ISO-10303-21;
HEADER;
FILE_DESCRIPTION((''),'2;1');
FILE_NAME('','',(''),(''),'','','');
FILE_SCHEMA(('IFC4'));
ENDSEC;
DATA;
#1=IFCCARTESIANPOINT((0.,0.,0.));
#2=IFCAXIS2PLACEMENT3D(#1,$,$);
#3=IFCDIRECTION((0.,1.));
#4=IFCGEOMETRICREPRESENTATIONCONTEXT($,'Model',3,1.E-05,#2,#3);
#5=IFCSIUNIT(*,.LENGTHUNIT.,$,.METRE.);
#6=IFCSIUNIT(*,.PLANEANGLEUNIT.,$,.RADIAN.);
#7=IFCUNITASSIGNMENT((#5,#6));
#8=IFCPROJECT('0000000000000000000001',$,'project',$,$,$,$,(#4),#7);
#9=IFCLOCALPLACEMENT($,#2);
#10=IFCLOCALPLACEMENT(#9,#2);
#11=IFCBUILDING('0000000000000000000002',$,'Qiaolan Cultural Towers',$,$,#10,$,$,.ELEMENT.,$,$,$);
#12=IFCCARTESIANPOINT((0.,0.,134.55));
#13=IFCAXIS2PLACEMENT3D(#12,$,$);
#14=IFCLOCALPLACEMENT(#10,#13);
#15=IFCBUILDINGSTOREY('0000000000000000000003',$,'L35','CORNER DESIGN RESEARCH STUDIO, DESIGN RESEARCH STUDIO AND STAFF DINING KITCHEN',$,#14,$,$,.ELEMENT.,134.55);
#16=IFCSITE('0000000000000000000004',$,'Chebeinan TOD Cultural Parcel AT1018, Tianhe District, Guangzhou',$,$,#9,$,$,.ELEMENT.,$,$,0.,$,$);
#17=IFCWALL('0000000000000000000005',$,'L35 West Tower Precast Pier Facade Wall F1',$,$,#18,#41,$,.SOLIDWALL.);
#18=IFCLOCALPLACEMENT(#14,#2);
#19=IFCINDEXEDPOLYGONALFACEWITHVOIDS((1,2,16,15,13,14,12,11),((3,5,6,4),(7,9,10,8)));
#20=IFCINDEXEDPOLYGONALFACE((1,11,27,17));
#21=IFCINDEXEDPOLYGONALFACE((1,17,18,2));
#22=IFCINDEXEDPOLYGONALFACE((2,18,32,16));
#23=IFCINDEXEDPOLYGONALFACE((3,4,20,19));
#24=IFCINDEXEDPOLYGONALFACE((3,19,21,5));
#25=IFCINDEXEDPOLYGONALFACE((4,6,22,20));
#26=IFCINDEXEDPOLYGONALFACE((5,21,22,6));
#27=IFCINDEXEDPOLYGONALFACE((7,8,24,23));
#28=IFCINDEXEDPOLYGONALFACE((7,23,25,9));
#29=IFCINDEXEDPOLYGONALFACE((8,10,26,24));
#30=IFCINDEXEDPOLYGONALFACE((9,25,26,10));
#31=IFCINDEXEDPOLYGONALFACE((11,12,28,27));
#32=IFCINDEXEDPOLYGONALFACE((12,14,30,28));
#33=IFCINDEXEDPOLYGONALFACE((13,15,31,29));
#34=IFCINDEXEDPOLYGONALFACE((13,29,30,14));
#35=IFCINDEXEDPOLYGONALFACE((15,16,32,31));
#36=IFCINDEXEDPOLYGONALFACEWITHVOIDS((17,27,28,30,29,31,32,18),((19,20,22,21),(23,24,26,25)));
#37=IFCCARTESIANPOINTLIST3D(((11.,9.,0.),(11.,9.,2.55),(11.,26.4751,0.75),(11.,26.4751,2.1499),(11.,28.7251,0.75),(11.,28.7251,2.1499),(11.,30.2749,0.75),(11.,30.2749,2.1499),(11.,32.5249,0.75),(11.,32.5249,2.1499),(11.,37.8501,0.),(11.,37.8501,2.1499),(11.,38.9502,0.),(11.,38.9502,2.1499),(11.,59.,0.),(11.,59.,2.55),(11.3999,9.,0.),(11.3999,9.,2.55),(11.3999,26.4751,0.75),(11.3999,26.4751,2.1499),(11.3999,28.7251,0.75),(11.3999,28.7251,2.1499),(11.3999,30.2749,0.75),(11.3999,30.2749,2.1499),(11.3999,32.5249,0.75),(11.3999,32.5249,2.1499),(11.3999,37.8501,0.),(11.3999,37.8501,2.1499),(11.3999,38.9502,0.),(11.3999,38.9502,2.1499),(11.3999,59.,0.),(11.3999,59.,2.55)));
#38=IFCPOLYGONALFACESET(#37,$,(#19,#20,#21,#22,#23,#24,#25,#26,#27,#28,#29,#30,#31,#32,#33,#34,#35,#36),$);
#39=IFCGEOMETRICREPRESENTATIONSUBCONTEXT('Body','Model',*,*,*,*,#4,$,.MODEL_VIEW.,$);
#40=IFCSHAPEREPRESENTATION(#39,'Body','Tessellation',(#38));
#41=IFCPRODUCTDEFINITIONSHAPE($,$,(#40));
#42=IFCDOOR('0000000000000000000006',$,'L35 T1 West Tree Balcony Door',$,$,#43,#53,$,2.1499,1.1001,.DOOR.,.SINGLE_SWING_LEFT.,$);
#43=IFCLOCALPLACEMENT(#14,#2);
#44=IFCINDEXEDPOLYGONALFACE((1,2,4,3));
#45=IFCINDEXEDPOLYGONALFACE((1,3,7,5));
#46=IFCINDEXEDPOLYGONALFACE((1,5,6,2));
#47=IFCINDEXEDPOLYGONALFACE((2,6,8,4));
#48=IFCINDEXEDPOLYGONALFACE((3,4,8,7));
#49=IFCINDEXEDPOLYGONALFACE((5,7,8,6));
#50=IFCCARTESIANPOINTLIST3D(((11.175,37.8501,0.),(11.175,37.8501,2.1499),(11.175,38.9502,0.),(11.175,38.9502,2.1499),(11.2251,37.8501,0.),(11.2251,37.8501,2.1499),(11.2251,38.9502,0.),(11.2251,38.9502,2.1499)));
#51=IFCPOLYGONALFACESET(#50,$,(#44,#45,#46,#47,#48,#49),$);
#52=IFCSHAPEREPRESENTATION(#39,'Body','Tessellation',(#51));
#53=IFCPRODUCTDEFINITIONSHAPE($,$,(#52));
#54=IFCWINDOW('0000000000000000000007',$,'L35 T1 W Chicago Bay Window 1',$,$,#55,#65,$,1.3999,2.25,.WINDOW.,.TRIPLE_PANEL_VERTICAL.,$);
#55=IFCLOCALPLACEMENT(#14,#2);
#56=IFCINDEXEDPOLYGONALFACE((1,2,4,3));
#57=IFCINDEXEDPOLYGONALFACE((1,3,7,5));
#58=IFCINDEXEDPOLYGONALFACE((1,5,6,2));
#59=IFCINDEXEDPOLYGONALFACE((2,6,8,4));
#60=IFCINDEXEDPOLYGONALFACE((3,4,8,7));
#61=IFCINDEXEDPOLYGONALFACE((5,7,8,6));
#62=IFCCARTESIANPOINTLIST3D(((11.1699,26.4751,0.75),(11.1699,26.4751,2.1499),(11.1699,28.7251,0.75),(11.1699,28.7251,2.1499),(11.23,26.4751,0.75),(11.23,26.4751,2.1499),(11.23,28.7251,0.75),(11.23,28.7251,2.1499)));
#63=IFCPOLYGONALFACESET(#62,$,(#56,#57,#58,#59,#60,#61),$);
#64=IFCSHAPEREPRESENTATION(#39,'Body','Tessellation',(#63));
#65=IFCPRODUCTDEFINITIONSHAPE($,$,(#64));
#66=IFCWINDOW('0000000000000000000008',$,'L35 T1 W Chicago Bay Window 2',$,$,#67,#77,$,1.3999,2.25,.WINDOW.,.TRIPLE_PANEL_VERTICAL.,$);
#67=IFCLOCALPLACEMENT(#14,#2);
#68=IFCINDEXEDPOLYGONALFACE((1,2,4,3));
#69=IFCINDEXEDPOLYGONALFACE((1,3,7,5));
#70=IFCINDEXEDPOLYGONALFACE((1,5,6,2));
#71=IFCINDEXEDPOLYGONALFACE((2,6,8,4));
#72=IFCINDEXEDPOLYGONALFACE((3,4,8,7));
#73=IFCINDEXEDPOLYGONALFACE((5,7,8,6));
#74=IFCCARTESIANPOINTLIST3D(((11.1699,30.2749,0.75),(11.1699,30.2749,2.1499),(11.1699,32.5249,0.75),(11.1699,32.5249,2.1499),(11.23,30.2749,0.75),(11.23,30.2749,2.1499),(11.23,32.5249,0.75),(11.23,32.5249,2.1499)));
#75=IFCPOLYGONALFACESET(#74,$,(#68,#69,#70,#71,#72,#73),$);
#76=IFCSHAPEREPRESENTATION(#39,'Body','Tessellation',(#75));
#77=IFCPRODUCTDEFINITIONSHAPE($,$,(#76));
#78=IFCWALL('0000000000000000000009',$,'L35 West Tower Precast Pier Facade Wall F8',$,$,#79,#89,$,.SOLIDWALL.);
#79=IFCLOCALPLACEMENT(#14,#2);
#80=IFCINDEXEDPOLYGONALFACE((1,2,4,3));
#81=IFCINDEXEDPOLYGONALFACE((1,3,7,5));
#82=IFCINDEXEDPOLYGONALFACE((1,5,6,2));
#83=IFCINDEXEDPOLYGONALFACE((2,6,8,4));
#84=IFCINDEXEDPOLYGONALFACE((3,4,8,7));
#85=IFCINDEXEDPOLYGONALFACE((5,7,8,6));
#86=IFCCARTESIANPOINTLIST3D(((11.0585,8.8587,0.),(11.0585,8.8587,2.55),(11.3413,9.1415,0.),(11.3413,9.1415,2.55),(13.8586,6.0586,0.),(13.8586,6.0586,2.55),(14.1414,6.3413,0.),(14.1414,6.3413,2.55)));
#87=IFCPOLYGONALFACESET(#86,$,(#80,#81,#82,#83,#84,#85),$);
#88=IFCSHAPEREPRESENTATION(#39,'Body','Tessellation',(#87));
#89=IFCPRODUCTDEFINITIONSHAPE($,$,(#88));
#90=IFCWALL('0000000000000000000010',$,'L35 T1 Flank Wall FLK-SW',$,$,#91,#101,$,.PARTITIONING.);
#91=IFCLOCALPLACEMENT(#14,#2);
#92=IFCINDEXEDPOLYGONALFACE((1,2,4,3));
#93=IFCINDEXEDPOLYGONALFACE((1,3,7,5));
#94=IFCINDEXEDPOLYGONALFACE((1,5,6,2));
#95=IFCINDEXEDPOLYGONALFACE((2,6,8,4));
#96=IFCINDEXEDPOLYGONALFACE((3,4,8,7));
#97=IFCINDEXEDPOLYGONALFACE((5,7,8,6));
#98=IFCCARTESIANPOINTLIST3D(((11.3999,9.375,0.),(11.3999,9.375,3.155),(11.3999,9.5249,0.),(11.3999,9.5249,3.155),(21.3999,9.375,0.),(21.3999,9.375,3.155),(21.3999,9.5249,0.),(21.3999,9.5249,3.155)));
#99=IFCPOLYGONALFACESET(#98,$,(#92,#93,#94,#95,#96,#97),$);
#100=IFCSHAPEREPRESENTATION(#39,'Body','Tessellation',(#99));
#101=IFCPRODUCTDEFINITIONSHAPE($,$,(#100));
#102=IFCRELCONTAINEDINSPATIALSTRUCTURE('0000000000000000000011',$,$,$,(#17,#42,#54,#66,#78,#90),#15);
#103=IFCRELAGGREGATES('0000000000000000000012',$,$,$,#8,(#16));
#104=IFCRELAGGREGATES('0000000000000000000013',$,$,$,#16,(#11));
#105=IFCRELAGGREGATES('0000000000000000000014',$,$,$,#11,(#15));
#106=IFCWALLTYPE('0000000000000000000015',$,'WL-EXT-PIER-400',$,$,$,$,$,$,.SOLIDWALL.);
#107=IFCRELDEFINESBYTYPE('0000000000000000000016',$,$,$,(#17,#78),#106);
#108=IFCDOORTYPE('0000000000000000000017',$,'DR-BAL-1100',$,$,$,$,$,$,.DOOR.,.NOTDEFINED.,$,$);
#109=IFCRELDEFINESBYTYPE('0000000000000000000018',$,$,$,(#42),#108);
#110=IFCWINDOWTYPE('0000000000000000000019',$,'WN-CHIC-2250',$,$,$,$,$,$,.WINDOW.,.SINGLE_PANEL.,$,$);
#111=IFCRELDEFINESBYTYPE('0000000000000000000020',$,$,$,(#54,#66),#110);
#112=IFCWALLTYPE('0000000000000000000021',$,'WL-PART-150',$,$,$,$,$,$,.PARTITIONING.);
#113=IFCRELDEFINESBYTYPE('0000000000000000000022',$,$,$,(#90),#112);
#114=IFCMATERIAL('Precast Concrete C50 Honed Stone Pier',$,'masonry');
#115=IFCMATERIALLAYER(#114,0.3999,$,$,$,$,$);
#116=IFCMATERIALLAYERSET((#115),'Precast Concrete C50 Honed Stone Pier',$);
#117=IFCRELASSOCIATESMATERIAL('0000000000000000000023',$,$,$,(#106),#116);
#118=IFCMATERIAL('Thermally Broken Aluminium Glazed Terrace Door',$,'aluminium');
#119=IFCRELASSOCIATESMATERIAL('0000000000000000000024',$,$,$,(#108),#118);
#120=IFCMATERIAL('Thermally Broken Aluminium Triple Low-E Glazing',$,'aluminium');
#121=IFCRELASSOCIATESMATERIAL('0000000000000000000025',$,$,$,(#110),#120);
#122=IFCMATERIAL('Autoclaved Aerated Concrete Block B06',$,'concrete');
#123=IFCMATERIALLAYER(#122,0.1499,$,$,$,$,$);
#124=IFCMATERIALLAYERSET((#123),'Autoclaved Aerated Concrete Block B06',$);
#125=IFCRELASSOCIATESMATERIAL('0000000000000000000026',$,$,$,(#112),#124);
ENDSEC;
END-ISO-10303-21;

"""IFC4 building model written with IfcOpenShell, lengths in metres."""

from ifc_helpers import new_model, si_unit, direction, frame, frame_2d, origin, place, context, subcontext, project, spatial, rectangle, extrude, material, layer, layer_set, type_object, element, fill, save


model = new_model("IFC4")

# Units and contexts
model_context = context("Model", 3, precision=1e-05, world=origin(), true_north=direction((0.0, 1.0)))
body_context = subcontext(model_context, "Body", "Model", "MODEL_VIEW")
ifc_project = project(units=[si_unit("LENGTHUNIT", "METRE"), si_unit("PLANEANGLEUNIT", "RADIAN")], contexts=[model_context])

# Site, building, storey
site_placement = place(None, origin())
site = spatial("IfcSite", under=ifc_project, at=site_placement, Name="Chebeinan TOD Cultural Parcel AT1018, Tianhe District, Guangzhou", CompositionType="ELEMENT", RefElevation=0.0)
building_placement = place(site_placement, origin())
building = spatial("IfcBuilding", under=site, at=building_placement, Name="Qiaolan Cultural Towers", CompositionType="ELEMENT")
storey_placement = place(building_placement, frame((0.0, 0.0, 134.55)))
storey = spatial("IfcBuildingStorey", under=building, at=storey_placement, Name="L35", Description="CORNER DESIGN RESEARCH STUDIO, DESIGN RESEARCH STUDIO AND STAFF DINING KITCHEN", CompositionType="ELEMENT", Elevation=134.55)

# Wall, openings, door, windows
ifc_material_1 = material(Name="Precast Concrete C50 Honed Stone Pier", Category="masonry")
ifc_layer_1 = layer(ifc_material_1, 0.3999)
ifc_layer_set_1 = layer_set([ifc_layer_1], Name="Precast Concrete C50 Honed Stone Pier")
wall_type_1 = type_object("IfcWallType", Name="WL-EXT-PIER-400", PredefinedType="SOLIDWALL", material=ifc_layer_set_1)
wall_1_placement = place(storey_placement, frame((11.2, 9.0, 0.0), z_axis=(0.0, 0.0, 1.0), x_axis=(0.0, 1.0, 0.0)))
wall_1 = element("IfcWall", 1, at=wall_1_placement, inside=storey, type_object=wall_type_1, Name="L35 West Tower Precast Pier Facade Wall F1", PredefinedType="SOLIDWALL", context=body_context, shape_type="SweptSolid", body=[
    extrude(rectangle(XDim=50.0, YDim=0.3999, at=frame_2d((25.0, 0.0))), origin(), (0.0, 0.0, 1.0), 2.55),
])
opening_1_placement = place(wall_1_placement, frame((17.4751, 0.0, 0.75)))
opening_1 = element("IfcOpeningElement", 2, at=opening_1_placement, cuts=wall_1, PredefinedType="OPENING", context=body_context, shape_type="SweptSolid", body=[
    extrude(rectangle(XDim=2.25, YDim=1.3999, at=frame_2d((1.125, 0.7))), frame((0.0, 0.21, 0.0), z_axis=(0.0, -1.0, 0.0), x_axis=(1.0, 0.0, 0.0)), (0.0, 0.0, 1.0), 0.4199),
])
opening_2_placement = place(wall_1_placement, frame((21.2749, 0.0, 0.75)))
opening_2 = element("IfcOpeningElement", 3, at=opening_2_placement, cuts=wall_1, PredefinedType="OPENING", context=body_context, shape_type="SweptSolid", body=[
    extrude(rectangle(XDim=2.25, YDim=1.3999, at=frame_2d((1.125, 0.7))), frame((0.0, 0.21, 0.0), z_axis=(0.0, -1.0, 0.0), x_axis=(1.0, 0.0, 0.0)), (0.0, 0.0, 1.0), 0.4199),
])
opening_3_placement = place(wall_1_placement, frame((28.8501, 0.0, 0.0)))
opening_3 = element("IfcOpeningElement", 4, at=opening_3_placement, cuts=wall_1, PredefinedType="OPENING", context=body_context, shape_type="SweptSolid", body=[
    extrude(rectangle(XDim=1.1001, YDim=2.1499, at=frame_2d((0.55, 1.075))), frame((0.0, 0.21, 0.0), z_axis=(0.0, -1.0, 0.0), x_axis=(1.0, 0.0, 0.0)), (0.0, 0.0, 1.0), 0.4199),
])
ifc_material_2 = material(Name="Thermally Broken Aluminium Glazed Terrace Door", Category="aluminium")
door_type = type_object("IfcDoorType", Name="DR-BAL-1100", OperationType="NOTDEFINED", PredefinedType="DOOR", material=ifc_material_2)
door_placement = place(opening_3_placement, origin())
door = element("IfcDoor", 5, at=door_placement, inside=storey, type_object=door_type, Name="L35 T1 West Tree Balcony Door", OperationType="SINGLE_SWING_LEFT", OverallHeight=2.1499, OverallWidth=1.1001, PredefinedType="DOOR", context=body_context, shape_type="SweptSolid", body=[
    extrude(rectangle(XDim=1.1001, YDim=2.1499, at=frame_2d((0.55, 1.075))), frame((0.0, 0.0249, 0.0), z_axis=(0.0, -1.0, 0.0), x_axis=(1.0, 0.0, 0.0)), (0.0, 0.0, 1.0), 0.05),
])
fill(opening_3, door)
ifc_material_3 = material(Name="Thermally Broken Aluminium Triple Low-E Glazing", Category="aluminium")
window_type = type_object("IfcWindowType", Name="WN-CHIC-2250", PartitioningType="SINGLE_PANEL", PredefinedType="WINDOW", material=ifc_material_3)
window_1_placement = place(opening_1_placement, origin())
window_1 = element("IfcWindow", 6, at=window_1_placement, inside=storey, type_object=window_type, Name="L35 T1 W Chicago Bay Window 1", OverallHeight=1.3999, OverallWidth=2.25, PartitioningType="TRIPLE_PANEL_VERTICAL", PredefinedType="WINDOW", context=body_context, shape_type="SweptSolid", body=[
    extrude(rectangle(XDim=2.25, YDim=1.3999, at=frame_2d((1.125, 0.7))), frame((0.0, 0.03, 0.0), z_axis=(0.0, -1.0, 0.0), x_axis=(1.0, 0.0, 0.0)), (0.0, 0.0, 1.0), 0.0601),
])
fill(opening_1, window_1)
window_2_placement = place(opening_2_placement, origin())
window_2 = element("IfcWindow", 7, at=window_2_placement, inside=storey, type_object=window_type, Name="L35 T1 W Chicago Bay Window 2", OverallHeight=1.3999, OverallWidth=2.25, PartitioningType="TRIPLE_PANEL_VERTICAL", PredefinedType="WINDOW", context=body_context, shape_type="SweptSolid", body=[
    extrude(rectangle(XDim=2.25, YDim=1.3999, at=frame_2d((1.125, 0.7))), frame((0.0, 0.03, 0.0), z_axis=(0.0, -1.0, 0.0), x_axis=(1.0, 0.0, 0.0)), (0.0, 0.0, 1.0), 0.0601),
])
fill(opening_2, window_2)

# Walls
wall_2_placement = place(storey_placement, frame((14.0, 6.2, 0.0), z_axis=(0.0, 0.0, 1.0), x_axis=(-0.707107, 0.707107, 0.0)))
element("IfcWall", 8, at=wall_2_placement, inside=storey, type_object=wall_type_1, Name="L35 West Tower Precast Pier Facade Wall F8", PredefinedType="SOLIDWALL", context=body_context, shape_type="SweptSolid", body=[
    extrude(rectangle(XDim=3.96, YDim=0.3999, at=frame_2d((1.98, 0.0))), origin(), (0.0, 0.0, 1.0), 2.55),
])
ifc_material_4 = material(Name="Autoclaved Aerated Concrete Block B06", Category="concrete")
ifc_layer_2 = layer(ifc_material_4, 0.1499)
ifc_layer_set_2 = layer_set([ifc_layer_2], Name="Autoclaved Aerated Concrete Block B06")
wall_type_2 = type_object("IfcWallType", Name="WL-PART-150", PredefinedType="PARTITIONING", material=ifc_layer_set_2)
wall_3_placement = place(storey_placement, frame((11.3999, 9.45, 0.0), z_axis=(0.0, 0.0, 1.0), x_axis=(1.0, 0.0, 0.0)))
element("IfcWall", 9, at=wall_3_placement, inside=storey, type_object=wall_type_2, Name="L35 T1 Flank Wall FLK-SW", PredefinedType="PARTITIONING", context=body_context, shape_type="SweptSolid", body=[
    extrude(rectangle(XDim=10.0, YDim=0.1499, at=frame_2d((5.0, 0.0))), origin(), (0.0, 0.0, 1.0), 3.155),
])

save(model, "model.ifc")
